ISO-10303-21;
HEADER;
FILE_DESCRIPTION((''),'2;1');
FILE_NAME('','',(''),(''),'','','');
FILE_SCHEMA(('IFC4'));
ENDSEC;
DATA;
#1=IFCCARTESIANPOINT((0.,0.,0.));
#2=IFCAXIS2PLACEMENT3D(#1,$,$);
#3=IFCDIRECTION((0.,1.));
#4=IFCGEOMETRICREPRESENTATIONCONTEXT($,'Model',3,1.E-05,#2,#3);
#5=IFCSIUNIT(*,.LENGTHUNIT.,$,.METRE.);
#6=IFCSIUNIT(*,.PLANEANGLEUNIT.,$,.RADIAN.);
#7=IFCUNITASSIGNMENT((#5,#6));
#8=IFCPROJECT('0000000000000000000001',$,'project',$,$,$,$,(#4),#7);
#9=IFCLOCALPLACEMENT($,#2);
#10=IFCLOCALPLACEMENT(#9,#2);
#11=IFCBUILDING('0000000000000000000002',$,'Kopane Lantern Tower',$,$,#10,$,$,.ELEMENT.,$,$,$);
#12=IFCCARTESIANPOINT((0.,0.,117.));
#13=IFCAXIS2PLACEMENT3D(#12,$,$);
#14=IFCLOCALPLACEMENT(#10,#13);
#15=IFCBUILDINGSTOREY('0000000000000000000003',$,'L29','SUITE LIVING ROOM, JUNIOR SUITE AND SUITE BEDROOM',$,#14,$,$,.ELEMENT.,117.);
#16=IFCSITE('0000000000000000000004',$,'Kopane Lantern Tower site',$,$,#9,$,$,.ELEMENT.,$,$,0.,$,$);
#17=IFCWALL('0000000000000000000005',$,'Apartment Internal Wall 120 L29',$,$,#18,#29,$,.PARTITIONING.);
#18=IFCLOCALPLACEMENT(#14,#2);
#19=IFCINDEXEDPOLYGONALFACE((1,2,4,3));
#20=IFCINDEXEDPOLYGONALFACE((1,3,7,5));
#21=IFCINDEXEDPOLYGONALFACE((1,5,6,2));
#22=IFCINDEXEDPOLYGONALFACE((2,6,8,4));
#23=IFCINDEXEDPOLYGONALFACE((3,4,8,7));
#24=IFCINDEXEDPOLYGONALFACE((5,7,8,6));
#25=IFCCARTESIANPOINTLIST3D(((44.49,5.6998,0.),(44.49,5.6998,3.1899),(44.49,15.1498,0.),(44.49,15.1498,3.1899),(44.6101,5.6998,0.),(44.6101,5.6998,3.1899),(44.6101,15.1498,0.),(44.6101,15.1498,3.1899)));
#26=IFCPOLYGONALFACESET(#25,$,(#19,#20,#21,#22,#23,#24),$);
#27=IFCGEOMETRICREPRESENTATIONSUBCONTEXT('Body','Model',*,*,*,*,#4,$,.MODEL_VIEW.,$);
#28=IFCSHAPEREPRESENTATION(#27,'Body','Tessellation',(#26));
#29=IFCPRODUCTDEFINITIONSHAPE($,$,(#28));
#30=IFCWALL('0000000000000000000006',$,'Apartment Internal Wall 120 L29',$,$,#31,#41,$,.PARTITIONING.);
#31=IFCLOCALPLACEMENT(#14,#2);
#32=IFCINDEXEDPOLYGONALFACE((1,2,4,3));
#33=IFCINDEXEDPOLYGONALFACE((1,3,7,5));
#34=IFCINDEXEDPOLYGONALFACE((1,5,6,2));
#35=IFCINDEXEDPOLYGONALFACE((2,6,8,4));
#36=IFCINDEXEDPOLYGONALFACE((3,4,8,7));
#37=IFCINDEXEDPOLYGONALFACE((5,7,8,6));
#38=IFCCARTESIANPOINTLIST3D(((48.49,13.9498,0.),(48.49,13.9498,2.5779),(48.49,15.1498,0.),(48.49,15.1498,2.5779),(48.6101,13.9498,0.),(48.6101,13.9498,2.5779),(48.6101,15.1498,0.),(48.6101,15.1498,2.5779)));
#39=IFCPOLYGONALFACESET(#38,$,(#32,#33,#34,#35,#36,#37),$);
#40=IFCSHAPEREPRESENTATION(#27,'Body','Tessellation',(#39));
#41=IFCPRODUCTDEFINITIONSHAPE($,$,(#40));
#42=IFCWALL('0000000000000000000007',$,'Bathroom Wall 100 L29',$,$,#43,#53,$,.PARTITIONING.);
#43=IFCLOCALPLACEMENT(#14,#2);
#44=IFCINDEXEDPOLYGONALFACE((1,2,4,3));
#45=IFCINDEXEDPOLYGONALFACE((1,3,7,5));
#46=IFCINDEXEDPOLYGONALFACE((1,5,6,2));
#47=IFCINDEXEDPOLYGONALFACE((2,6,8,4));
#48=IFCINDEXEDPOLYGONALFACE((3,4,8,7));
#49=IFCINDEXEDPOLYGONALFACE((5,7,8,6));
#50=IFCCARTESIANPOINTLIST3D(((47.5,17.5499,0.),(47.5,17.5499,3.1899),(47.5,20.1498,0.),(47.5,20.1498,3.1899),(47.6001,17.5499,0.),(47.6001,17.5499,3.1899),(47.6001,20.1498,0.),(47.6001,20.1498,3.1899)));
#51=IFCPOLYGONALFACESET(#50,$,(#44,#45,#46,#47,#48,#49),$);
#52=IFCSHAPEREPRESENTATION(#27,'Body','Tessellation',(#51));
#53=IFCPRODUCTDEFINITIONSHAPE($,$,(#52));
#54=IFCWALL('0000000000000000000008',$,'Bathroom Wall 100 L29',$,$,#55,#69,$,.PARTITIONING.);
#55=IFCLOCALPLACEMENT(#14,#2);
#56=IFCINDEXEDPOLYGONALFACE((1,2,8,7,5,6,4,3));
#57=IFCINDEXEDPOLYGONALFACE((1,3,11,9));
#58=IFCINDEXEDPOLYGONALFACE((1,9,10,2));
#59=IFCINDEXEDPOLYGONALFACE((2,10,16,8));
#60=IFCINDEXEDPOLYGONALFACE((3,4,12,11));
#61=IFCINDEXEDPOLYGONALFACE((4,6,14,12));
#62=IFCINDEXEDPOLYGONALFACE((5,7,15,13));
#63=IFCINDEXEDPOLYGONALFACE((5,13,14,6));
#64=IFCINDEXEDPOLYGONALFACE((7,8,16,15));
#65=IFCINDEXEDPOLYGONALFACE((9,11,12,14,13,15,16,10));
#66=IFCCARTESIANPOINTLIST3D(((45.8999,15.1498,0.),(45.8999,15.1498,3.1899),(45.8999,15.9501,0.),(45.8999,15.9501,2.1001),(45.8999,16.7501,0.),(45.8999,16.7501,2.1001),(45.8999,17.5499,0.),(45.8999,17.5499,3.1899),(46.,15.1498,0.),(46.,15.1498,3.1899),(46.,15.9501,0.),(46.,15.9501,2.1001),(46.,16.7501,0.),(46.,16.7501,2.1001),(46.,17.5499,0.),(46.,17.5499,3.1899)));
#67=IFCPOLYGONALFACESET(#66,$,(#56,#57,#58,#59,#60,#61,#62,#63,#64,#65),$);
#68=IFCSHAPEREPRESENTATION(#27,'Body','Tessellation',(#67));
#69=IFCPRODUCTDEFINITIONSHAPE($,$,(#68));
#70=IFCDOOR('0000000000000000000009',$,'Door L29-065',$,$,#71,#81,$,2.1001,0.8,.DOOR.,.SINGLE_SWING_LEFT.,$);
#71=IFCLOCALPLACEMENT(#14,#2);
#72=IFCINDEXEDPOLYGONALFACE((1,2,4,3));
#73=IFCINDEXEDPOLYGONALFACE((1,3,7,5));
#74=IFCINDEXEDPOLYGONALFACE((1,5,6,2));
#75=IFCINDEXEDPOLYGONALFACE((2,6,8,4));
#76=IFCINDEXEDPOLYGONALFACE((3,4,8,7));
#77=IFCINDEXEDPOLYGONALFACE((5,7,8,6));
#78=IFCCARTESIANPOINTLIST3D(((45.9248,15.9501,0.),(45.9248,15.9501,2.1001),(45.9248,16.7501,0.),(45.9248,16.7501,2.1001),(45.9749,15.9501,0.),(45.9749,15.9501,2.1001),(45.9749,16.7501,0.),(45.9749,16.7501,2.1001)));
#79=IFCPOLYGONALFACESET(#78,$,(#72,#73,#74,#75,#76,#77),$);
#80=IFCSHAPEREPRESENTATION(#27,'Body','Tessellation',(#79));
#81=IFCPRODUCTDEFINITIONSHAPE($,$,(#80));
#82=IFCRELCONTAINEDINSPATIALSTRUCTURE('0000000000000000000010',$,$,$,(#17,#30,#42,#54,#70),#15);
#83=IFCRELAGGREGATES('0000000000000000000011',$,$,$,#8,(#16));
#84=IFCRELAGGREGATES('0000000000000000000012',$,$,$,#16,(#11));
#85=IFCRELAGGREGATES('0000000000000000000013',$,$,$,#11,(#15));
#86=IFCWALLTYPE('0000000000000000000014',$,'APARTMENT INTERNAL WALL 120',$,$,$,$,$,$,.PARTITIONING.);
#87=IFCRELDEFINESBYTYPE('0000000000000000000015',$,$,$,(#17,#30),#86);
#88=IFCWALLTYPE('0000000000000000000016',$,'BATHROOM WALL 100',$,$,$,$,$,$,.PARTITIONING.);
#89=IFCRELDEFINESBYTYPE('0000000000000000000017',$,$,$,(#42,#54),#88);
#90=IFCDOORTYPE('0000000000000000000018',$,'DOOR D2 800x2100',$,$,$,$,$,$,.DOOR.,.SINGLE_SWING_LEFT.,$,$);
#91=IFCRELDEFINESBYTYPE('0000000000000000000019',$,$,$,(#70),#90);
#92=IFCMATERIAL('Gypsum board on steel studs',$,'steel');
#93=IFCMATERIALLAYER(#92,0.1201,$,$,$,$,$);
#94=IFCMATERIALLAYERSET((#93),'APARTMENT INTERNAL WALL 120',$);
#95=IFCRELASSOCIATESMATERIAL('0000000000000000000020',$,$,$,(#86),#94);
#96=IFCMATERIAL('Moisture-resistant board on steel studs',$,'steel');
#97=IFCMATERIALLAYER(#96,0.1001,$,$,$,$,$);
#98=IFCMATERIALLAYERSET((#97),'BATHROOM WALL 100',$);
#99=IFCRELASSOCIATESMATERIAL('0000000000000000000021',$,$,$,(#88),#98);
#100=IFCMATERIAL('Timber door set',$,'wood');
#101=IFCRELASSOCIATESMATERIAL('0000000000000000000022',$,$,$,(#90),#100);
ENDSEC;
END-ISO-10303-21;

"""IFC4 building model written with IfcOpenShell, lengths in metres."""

from ifc_helpers import new_model, si_unit, direction, frame, frame_2d, origin, place, context, subcontext, project, spatial, rectangle, extrude, material, layer, layer_set, type_object, element, fill, save


model = new_model("IFC4")

# Units and contexts
model_context = context("Model", 3, precision=1e-05, world=origin(), true_north=direction((0.0, 1.0)))
body_context = subcontext(model_context, "Body", "Model", "MODEL_VIEW")
ifc_project = project(units=[si_unit("LENGTHUNIT", "METRE"), si_unit("PLANEANGLEUNIT", "RADIAN")], contexts=[model_context])

# Site, building, storey
site_placement = place(None, origin())
site = spatial("IfcSite", under=ifc_project, at=site_placement, Name="Kopane Lantern Tower site", CompositionType="ELEMENT", RefElevation=0.0)
building_placement = place(site_placement, origin())
building = spatial("IfcBuilding", under=site, at=building_placement, Name="Kopane Lantern Tower", CompositionType="ELEMENT")
storey_placement = place(building_placement, frame((0.0, 0.0, 117.0)))
storey = spatial("IfcBuildingStorey", under=building, at=storey_placement, Name="L29", Description="SUITE LIVING ROOM, JUNIOR SUITE AND SUITE BEDROOM", CompositionType="ELEMENT", Elevation=117.0)

# Walls
ifc_material_1 = material(Name="Gypsum board on steel studs", Category="steel")
ifc_layer_1 = layer(ifc_material_1, 0.1201)
ifc_layer_set_1 = layer_set([ifc_layer_1], Name="APARTMENT INTERNAL WALL 120")
wall_type_1 = type_object("IfcWallType", Name="APARTMENT INTERNAL WALL 120", PredefinedType="PARTITIONING", material=ifc_layer_set_1)
wall_1_placement = place(storey_placement, frame((44.55, 15.1499, 0.0), z_axis=(0.0, 0.0, 1.0), x_axis=(0.0, -1.0, 0.0)))
element("IfcWall", 1, at=wall_1_placement, inside=storey, type_object=wall_type_1, Name="Apartment Internal Wall 120 L29", PredefinedType="PARTITIONING", context=body_context, shape_type="SweptSolid", body=[
    extrude(rectangle(XDim=9.45, YDim=0.1201, at=frame_2d((4.7251, 0.0))), origin(), (0.0, 0.0, 1.0), 3.1899),
])
wall_2_placement = place(storey_placement, frame((48.55, 15.1499, 0.0), z_axis=(0.0, 0.0, 1.0), x_axis=(0.0, -1.0, 0.0)))
element("IfcWall", 2, at=wall_2_placement, inside=storey, type_object=wall_type_1, Name="Apartment Internal Wall 120 L29", PredefinedType="PARTITIONING", context=body_context, shape_type="SweptSolid", body=[
    extrude(rectangle(XDim=1.2, YDim=0.1201, at=frame_2d((0.6001, 0.0))), origin(), (0.0, 0.0, 1.0), 2.5779),
])
ifc_material_2 = material(Name="Moisture-resistant board on steel studs", Category="steel")
ifc_layer_2 = layer(ifc_material_2, 0.1001)
ifc_layer_set_2 = layer_set([ifc_layer_2], Name="BATHROOM WALL 100")
wall_type_2 = type_object("IfcWallType", Name="BATHROOM WALL 100", PredefinedType="PARTITIONING", material=ifc_layer_set_2)
wall_3_placement = place(storey_placement, frame((47.55, 17.55, 0.0), z_axis=(0.0, 0.0, 1.0), x_axis=(0.0, 1.0, 0.0)))
element("IfcWall", 3, at=wall_3_placement, inside=storey, type_object=wall_type_2, Name="Bathroom Wall 100 L29", PredefinedType="PARTITIONING", context=body_context, shape_type="SweptSolid", body=[
    extrude(rectangle(XDim=2.5999, YDim=0.1001, at=frame_2d((1.2998, 0.0))), origin(), (0.0, 0.0, 1.0), 3.1899),
])

# Wall, opening, door
wall_4_placement = place(storey_placement, frame((45.95, 17.55, 0.0), z_axis=(0.0, 0.0, 1.0), x_axis=(0.0, -1.0, 0.0)))
wall_4 = element("IfcWall", 4, at=wall_4_placement, inside=storey, type_object=wall_type_2, Name="Bathroom Wall 100 L29", PredefinedType="PARTITIONING", context=body_context, shape_type="SweptSolid", body=[
    extrude(rectangle(XDim=2.4001, YDim=0.1001, at=frame_2d((1.2002, 0.0))), origin(), (0.0, 0.0, 1.0), 3.1899),
])
opening_1_placement = place(wall_4_placement, frame((0.8, 0.0, 0.0)))
opening_1 = element("IfcOpeningElement", 5, at=opening_1_placement, cuts=wall_4, PredefinedType="OPENING", context=body_context, shape_type="SweptSolid", body=[
    extrude(rectangle(XDim=0.8, YDim=2.1001, at=frame_2d((0.3999, 1.05))), frame((0.0, 0.0601, 0.0), z_axis=(0.0, -1.0, 0.0), x_axis=(1.0, 0.0, 0.0)), (0.0, 0.0, 1.0), 0.1201),
])
ifc_material_3 = material(Name="Timber door set", Category="wood")
door_type_1 = type_object("IfcDoorType", Name="DOOR D2 800x2100", OperationType="SINGLE_SWING_LEFT", PredefinedType="DOOR", material=ifc_material_3)
door_1_placement = place(opening_1_placement, origin())
door_1 = element("IfcDoor", 6, at=door_1_placement, inside=storey, type_object=door_type_1, Name="Door L29-065", OperationType="SINGLE_SWING_LEFT", OverallHeight=2.1001, OverallWidth=0.8, PredefinedType="DOOR", context=body_context, shape_type="SweptSolid", body=[
    extrude(rectangle(XDim=0.8, YDim=2.1001, at=frame_2d((0.3999, 1.05))), frame((0.0, 0.0249, 0.0), z_axis=(0.0, -1.0, 0.0), x_axis=(1.0, 0.0, 0.0)), (0.0, 0.0, 1.0), 0.05),
])
fill(opening_1, door_1)

save(model, "model.ifc")
